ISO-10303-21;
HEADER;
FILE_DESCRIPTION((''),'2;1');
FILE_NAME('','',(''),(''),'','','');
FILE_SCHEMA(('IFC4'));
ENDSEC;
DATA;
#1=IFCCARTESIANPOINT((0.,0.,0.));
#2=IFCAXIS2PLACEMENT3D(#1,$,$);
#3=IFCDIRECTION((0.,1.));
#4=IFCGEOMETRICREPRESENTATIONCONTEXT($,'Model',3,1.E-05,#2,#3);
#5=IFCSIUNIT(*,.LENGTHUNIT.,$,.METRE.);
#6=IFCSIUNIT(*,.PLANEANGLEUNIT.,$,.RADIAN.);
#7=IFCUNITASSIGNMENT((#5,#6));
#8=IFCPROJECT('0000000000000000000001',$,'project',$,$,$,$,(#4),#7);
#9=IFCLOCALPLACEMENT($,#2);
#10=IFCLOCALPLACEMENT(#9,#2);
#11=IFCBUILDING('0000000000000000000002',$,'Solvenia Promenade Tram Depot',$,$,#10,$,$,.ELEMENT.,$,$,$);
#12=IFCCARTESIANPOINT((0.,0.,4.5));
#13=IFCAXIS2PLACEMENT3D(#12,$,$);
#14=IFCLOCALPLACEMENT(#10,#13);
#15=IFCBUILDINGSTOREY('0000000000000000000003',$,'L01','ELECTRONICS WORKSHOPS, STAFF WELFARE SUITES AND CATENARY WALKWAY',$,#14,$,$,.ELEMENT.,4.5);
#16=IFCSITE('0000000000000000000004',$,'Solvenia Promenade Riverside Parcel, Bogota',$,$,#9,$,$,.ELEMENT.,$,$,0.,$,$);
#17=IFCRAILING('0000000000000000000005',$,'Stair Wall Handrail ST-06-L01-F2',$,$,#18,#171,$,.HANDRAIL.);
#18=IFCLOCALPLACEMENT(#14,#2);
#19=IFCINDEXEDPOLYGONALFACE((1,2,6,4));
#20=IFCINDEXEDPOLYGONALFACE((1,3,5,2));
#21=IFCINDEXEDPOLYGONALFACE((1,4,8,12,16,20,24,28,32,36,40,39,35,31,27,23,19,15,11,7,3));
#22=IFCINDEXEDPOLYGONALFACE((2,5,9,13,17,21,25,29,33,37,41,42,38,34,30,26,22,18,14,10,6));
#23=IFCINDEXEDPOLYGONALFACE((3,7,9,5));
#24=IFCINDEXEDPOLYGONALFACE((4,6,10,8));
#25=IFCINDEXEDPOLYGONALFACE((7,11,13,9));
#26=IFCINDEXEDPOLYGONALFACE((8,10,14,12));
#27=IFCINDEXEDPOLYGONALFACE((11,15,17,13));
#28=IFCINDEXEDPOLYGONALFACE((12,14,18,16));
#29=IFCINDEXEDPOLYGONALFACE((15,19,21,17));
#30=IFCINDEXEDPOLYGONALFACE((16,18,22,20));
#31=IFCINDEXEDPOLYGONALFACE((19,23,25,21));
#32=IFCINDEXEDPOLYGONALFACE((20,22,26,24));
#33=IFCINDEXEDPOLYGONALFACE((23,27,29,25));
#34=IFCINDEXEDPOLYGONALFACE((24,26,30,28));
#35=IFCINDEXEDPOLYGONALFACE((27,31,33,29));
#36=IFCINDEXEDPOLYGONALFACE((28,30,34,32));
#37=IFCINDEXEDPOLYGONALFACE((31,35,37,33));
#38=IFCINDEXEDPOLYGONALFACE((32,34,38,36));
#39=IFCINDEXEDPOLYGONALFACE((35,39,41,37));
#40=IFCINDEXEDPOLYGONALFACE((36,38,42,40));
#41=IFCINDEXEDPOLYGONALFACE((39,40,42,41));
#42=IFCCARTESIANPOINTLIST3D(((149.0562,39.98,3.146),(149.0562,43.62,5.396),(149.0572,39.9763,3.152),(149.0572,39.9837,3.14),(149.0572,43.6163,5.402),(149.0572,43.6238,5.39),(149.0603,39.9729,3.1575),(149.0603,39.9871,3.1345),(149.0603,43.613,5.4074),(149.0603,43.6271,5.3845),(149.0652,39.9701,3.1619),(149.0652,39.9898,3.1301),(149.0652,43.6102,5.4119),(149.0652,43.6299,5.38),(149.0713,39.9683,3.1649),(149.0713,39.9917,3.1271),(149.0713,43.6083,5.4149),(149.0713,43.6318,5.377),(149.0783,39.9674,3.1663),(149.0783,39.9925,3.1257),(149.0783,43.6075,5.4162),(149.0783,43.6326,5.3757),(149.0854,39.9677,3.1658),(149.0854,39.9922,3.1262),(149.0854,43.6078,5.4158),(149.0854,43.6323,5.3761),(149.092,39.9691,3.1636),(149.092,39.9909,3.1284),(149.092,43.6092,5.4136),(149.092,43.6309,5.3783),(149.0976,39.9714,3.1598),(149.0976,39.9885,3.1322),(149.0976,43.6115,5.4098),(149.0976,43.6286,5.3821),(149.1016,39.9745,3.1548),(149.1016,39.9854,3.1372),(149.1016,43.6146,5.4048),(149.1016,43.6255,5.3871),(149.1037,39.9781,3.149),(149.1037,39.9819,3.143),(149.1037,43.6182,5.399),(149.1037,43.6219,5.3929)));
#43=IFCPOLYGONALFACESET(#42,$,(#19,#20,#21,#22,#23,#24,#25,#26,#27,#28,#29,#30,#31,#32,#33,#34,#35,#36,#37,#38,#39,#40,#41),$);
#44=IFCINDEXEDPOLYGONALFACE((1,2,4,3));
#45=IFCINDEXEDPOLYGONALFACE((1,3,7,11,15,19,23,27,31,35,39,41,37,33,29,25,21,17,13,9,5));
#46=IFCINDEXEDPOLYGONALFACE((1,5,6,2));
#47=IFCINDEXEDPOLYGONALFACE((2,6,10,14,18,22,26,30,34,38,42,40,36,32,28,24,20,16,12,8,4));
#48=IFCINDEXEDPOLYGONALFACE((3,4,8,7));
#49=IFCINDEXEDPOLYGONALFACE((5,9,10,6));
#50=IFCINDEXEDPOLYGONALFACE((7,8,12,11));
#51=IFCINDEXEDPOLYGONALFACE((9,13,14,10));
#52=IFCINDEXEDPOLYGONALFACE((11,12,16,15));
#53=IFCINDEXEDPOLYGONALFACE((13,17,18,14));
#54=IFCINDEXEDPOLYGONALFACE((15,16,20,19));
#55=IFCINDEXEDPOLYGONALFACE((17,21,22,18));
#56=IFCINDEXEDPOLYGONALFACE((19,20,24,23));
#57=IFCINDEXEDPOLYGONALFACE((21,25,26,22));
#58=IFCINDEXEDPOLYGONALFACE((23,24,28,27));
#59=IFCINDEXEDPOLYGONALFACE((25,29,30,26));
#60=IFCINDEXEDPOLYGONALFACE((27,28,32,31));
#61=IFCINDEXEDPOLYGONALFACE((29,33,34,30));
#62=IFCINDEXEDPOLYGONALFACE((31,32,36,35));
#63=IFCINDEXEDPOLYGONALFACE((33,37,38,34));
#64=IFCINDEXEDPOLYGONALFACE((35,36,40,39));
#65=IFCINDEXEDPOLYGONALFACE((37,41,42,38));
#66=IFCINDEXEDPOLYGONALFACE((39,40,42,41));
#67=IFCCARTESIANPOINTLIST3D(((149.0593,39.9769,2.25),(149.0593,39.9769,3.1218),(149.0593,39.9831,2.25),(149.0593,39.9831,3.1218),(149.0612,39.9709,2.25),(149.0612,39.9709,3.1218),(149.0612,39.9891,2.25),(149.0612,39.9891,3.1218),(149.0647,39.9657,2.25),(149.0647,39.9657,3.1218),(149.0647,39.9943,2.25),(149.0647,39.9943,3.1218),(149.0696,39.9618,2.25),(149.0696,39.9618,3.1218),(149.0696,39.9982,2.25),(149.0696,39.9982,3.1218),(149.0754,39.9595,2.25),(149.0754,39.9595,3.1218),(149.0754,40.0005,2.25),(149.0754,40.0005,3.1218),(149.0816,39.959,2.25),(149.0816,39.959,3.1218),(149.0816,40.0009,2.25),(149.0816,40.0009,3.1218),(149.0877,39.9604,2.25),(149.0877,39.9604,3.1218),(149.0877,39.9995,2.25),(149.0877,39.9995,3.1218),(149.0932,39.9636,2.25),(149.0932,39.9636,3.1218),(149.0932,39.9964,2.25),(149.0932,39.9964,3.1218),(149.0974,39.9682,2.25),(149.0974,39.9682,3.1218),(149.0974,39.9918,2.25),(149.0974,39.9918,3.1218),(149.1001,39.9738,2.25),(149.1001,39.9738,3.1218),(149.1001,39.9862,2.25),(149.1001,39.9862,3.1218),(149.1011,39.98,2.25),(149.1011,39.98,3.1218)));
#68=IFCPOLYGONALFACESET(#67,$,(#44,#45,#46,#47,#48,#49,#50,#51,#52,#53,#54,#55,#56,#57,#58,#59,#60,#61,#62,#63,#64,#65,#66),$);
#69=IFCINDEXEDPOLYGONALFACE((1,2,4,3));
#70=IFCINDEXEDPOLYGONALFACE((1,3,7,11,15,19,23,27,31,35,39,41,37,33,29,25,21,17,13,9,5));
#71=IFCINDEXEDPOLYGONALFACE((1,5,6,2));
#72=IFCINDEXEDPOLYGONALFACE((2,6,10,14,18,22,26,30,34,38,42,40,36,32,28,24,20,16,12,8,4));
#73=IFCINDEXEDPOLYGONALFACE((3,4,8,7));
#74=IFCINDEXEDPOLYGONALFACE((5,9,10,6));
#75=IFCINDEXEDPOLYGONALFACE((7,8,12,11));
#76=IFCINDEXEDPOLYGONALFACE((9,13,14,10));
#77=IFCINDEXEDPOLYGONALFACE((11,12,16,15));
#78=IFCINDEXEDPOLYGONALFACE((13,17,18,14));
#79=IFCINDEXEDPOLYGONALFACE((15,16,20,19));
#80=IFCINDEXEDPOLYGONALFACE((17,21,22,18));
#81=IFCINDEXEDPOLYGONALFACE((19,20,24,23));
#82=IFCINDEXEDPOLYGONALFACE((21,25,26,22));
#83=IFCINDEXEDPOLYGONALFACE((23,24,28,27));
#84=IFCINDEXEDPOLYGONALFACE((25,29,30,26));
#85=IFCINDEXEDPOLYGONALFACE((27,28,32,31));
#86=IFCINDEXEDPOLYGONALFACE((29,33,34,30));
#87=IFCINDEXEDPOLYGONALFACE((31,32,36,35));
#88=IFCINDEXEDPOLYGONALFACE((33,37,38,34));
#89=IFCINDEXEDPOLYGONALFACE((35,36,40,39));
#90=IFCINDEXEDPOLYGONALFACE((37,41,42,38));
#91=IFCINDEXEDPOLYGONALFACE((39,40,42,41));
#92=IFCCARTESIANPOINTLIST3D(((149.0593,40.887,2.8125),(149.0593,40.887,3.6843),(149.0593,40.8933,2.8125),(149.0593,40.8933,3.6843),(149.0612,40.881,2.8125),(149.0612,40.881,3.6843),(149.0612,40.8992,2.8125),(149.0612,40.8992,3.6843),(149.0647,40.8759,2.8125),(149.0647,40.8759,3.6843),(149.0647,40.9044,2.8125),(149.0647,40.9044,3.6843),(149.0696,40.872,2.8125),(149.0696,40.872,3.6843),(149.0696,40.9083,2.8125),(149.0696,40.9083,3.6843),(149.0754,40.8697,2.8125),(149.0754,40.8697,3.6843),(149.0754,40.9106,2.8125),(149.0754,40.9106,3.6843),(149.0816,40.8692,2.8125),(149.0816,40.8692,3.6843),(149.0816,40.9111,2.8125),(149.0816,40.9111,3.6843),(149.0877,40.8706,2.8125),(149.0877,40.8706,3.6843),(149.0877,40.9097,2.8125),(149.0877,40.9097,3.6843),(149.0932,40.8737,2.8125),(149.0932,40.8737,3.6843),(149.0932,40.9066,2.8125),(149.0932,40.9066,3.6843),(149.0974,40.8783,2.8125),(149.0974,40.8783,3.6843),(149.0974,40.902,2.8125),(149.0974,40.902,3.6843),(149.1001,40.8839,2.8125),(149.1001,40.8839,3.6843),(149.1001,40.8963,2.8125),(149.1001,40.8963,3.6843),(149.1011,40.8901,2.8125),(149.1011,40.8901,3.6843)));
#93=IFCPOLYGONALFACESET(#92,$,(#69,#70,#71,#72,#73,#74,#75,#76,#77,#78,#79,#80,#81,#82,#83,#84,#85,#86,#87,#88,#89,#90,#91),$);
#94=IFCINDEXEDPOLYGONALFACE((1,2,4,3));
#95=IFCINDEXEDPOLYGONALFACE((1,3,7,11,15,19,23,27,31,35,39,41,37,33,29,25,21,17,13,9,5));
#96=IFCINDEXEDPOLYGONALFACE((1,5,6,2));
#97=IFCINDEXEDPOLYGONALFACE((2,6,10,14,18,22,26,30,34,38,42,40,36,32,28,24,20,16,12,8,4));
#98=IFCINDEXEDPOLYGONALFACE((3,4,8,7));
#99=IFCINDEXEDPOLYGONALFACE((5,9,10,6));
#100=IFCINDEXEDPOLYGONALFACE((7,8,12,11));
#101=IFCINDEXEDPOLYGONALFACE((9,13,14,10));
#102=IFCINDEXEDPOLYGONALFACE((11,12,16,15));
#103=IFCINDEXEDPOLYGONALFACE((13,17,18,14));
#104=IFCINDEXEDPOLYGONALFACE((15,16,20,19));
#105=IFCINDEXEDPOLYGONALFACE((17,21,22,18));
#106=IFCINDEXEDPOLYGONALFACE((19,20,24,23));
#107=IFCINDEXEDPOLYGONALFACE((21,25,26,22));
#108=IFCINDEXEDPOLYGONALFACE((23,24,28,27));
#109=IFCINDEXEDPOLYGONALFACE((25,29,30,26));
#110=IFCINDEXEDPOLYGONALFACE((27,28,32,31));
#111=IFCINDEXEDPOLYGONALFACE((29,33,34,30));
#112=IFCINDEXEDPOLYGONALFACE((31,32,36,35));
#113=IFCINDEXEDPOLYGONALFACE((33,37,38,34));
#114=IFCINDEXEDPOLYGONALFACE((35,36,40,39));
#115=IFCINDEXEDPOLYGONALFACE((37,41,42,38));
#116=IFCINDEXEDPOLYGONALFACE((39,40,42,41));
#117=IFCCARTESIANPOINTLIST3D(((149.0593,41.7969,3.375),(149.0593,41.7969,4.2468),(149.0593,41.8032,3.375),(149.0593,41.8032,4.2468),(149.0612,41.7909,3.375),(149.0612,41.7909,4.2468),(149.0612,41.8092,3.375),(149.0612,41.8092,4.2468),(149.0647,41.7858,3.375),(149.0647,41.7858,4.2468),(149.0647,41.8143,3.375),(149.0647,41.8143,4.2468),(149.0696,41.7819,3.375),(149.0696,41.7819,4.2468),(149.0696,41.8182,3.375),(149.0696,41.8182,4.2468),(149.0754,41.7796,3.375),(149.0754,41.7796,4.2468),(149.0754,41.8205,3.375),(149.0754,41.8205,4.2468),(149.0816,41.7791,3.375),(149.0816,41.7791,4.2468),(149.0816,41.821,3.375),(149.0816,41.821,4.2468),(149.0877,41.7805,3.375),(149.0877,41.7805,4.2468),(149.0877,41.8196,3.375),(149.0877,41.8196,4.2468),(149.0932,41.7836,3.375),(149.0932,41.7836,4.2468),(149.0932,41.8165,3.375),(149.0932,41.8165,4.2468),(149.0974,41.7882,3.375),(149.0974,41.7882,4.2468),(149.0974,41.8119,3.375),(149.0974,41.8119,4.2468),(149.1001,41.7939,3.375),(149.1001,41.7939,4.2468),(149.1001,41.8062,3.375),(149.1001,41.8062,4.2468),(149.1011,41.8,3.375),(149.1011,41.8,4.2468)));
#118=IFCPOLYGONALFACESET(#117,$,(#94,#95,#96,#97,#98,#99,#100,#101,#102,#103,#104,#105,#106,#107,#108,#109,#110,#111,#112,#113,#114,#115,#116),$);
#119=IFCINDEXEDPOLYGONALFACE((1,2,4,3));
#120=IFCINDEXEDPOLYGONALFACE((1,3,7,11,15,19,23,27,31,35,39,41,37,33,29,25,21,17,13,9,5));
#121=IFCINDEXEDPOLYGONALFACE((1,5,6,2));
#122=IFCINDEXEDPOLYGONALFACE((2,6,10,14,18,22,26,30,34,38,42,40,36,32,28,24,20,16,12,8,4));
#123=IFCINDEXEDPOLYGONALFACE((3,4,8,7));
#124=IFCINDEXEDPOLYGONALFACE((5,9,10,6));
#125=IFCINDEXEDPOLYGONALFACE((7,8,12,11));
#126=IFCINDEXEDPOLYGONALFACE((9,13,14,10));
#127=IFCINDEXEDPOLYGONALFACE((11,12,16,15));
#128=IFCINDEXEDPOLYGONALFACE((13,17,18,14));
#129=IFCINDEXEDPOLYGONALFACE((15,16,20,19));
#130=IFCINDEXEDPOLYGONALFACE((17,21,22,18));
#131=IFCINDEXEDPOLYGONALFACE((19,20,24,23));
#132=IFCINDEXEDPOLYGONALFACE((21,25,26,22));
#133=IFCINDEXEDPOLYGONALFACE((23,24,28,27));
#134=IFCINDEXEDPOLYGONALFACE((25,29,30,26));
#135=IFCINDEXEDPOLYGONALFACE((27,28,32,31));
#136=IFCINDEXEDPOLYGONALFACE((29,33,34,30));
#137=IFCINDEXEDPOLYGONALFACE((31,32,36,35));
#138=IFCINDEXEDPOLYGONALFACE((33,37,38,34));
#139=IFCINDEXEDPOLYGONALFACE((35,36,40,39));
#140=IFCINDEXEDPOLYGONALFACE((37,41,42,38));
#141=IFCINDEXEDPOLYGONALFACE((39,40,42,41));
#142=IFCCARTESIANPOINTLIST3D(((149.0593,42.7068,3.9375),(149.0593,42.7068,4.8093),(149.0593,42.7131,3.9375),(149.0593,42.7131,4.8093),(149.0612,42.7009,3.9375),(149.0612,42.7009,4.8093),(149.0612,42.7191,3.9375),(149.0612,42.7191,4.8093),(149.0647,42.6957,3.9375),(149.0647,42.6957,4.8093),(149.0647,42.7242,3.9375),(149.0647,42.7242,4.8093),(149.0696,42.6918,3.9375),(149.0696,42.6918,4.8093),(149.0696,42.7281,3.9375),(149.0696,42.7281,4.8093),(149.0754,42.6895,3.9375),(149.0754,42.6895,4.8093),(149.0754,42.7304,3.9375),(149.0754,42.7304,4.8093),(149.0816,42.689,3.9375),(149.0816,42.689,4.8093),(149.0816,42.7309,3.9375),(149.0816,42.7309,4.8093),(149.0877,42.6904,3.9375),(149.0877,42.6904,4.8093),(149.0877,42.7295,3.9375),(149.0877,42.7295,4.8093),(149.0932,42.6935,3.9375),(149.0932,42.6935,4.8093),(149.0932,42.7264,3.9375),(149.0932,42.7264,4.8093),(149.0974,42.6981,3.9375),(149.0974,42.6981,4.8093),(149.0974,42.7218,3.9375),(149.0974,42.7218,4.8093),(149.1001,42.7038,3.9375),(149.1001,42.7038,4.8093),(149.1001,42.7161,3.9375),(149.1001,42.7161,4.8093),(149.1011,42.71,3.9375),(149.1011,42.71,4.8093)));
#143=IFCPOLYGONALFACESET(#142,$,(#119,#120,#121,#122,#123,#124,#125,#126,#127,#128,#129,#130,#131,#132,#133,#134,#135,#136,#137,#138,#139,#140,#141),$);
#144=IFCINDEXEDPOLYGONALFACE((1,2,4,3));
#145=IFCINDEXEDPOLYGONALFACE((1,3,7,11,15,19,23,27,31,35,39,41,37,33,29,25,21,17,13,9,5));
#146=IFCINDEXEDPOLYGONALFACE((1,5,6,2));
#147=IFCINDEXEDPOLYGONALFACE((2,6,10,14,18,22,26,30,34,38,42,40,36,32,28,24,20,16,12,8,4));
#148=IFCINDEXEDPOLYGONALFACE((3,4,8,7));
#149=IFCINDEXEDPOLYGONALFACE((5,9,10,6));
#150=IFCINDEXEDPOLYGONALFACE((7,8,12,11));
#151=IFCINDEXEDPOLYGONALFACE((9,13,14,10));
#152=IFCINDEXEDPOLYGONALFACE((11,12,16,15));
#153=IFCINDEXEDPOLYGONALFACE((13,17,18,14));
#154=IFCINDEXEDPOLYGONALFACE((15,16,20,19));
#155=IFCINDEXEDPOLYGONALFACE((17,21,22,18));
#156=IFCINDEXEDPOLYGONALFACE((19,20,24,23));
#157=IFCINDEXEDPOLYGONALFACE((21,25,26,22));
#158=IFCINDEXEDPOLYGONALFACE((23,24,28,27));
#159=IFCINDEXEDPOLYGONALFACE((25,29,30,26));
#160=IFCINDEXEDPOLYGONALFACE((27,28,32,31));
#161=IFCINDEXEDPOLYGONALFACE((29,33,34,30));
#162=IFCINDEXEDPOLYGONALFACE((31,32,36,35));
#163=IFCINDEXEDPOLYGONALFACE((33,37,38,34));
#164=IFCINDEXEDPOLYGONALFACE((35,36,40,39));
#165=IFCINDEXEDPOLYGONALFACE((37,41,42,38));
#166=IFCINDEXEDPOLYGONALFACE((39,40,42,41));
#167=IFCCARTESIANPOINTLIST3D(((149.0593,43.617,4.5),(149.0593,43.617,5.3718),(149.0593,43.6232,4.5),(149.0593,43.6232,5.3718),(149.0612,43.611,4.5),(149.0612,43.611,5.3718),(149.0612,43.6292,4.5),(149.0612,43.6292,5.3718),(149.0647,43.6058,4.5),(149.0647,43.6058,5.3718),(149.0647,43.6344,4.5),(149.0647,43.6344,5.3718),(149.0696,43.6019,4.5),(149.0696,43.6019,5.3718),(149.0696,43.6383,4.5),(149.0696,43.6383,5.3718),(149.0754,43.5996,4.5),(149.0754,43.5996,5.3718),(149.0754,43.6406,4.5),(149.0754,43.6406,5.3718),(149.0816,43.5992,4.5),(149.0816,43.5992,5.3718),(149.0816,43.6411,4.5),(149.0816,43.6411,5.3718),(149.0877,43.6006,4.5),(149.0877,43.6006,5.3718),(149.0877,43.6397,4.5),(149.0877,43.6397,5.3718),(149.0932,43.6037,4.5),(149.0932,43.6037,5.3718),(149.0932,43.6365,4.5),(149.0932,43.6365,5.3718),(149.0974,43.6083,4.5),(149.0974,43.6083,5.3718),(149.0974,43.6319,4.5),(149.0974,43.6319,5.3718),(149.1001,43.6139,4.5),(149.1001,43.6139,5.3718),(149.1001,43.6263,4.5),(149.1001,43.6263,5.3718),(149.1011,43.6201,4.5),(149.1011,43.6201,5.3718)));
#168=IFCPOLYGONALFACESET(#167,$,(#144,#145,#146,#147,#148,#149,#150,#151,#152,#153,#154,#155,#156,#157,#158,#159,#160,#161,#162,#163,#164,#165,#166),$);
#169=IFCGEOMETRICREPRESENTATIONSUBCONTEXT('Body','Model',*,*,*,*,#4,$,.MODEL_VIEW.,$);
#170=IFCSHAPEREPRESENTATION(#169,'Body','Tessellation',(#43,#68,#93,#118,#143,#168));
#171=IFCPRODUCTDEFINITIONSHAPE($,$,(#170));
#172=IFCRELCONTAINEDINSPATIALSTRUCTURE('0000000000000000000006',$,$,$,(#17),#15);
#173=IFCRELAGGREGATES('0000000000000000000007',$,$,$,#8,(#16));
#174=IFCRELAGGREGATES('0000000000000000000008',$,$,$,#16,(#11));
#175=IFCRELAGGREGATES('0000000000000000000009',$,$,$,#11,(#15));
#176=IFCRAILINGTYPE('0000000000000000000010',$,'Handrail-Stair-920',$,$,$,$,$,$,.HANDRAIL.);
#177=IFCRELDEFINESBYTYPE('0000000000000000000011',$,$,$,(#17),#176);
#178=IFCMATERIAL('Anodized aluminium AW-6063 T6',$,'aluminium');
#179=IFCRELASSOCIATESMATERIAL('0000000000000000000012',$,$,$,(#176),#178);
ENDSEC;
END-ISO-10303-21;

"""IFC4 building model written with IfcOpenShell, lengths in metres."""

from ifc_helpers import new_model, si_unit, direction, frame, origin, origin_2d, place, context, subcontext, project, spatial, circle, extrude, material, type_object, element, save


model = new_model("IFC4")

# Units and contexts
model_context = context("Model", 3, precision=1e-05, world=origin(), true_north=direction((0.0, 1.0)))
body_context = subcontext(model_context, "Body", "Model", "MODEL_VIEW")
ifc_project = project(units=[si_unit("LENGTHUNIT", "METRE"), si_unit("PLANEANGLEUNIT", "RADIAN")], contexts=[model_context])

# Site, building, storey
site_placement = place(None, origin())
site = spatial("IfcSite", under=ifc_project, at=site_placement, Name="Solvenia Promenade Riverside Parcel, Bogota", CompositionType="ELEMENT", RefElevation=0.0)
building_placement = place(site_placement, origin())
building = spatial("IfcBuilding", under=site, at=building_placement, Name="Solvenia Promenade Tram Depot", CompositionType="ELEMENT")
storey_placement = place(building_placement, frame((0.0, 0.0, 4.5)))
storey = spatial("IfcBuildingStorey", under=building, at=storey_placement, Name="L01", Description="ELECTRONICS WORKSHOPS, STAFF WELFARE SUITES AND CATENARY WALKWAY", CompositionType="ELEMENT", Elevation=4.5)

# Railing
ifc_material_1 = material(Name="Anodized aluminium AW-6063 T6", Category="aluminium")
railing_type_1 = type_object("IfcRailingType", Name="Handrail-Stair-920", PredefinedType="HANDRAIL", material=ifc_material_1)
railing_1_placement = place(storey_placement, frame((149.0801, 39.98, 2.25)))
element("IfcRailing", 1, at=railing_1_placement, inside=storey, type_object=railing_type_1, Name="Stair Wall Handrail ST-06-L01-F2", PredefinedType="HANDRAIL", context=body_context, shape_type="SweptSolid", body=[
    extrude(circle(Radius=0.0239, at=origin_2d()), frame((0.0, 0.0, 0.896), z_axis=(0.0, 0.850622, 0.525777), x_axis=(-1.0, 0.0, 0.0)), (0.0, 0.0, 1.0), 4.2793),
    extrude(circle(Radius=0.021, at=origin_2d()), origin(), (0.0, 0.0, 1.0), 0.8718),
    extrude(circle(Radius=0.021, at=origin_2d()), frame((0.0, 0.9102, 0.5625)), (0.0, 0.0, 1.0), 0.8718),
    extrude(circle(Radius=0.021, at=origin_2d()), frame((0.0, 1.8201, 1.125)), (0.0, 0.0, 1.0), 0.8718),
    extrude(circle(Radius=0.021, at=origin_2d()), frame((0.0, 2.73, 1.6875)), (0.0, 0.0, 1.0), 0.8718),
    extrude(circle(Radius=0.021, at=origin_2d()), frame((0.0, 3.6401, 2.25)), (0.0, 0.0, 1.0), 0.8718),
])

save(model, "model.ifc")
